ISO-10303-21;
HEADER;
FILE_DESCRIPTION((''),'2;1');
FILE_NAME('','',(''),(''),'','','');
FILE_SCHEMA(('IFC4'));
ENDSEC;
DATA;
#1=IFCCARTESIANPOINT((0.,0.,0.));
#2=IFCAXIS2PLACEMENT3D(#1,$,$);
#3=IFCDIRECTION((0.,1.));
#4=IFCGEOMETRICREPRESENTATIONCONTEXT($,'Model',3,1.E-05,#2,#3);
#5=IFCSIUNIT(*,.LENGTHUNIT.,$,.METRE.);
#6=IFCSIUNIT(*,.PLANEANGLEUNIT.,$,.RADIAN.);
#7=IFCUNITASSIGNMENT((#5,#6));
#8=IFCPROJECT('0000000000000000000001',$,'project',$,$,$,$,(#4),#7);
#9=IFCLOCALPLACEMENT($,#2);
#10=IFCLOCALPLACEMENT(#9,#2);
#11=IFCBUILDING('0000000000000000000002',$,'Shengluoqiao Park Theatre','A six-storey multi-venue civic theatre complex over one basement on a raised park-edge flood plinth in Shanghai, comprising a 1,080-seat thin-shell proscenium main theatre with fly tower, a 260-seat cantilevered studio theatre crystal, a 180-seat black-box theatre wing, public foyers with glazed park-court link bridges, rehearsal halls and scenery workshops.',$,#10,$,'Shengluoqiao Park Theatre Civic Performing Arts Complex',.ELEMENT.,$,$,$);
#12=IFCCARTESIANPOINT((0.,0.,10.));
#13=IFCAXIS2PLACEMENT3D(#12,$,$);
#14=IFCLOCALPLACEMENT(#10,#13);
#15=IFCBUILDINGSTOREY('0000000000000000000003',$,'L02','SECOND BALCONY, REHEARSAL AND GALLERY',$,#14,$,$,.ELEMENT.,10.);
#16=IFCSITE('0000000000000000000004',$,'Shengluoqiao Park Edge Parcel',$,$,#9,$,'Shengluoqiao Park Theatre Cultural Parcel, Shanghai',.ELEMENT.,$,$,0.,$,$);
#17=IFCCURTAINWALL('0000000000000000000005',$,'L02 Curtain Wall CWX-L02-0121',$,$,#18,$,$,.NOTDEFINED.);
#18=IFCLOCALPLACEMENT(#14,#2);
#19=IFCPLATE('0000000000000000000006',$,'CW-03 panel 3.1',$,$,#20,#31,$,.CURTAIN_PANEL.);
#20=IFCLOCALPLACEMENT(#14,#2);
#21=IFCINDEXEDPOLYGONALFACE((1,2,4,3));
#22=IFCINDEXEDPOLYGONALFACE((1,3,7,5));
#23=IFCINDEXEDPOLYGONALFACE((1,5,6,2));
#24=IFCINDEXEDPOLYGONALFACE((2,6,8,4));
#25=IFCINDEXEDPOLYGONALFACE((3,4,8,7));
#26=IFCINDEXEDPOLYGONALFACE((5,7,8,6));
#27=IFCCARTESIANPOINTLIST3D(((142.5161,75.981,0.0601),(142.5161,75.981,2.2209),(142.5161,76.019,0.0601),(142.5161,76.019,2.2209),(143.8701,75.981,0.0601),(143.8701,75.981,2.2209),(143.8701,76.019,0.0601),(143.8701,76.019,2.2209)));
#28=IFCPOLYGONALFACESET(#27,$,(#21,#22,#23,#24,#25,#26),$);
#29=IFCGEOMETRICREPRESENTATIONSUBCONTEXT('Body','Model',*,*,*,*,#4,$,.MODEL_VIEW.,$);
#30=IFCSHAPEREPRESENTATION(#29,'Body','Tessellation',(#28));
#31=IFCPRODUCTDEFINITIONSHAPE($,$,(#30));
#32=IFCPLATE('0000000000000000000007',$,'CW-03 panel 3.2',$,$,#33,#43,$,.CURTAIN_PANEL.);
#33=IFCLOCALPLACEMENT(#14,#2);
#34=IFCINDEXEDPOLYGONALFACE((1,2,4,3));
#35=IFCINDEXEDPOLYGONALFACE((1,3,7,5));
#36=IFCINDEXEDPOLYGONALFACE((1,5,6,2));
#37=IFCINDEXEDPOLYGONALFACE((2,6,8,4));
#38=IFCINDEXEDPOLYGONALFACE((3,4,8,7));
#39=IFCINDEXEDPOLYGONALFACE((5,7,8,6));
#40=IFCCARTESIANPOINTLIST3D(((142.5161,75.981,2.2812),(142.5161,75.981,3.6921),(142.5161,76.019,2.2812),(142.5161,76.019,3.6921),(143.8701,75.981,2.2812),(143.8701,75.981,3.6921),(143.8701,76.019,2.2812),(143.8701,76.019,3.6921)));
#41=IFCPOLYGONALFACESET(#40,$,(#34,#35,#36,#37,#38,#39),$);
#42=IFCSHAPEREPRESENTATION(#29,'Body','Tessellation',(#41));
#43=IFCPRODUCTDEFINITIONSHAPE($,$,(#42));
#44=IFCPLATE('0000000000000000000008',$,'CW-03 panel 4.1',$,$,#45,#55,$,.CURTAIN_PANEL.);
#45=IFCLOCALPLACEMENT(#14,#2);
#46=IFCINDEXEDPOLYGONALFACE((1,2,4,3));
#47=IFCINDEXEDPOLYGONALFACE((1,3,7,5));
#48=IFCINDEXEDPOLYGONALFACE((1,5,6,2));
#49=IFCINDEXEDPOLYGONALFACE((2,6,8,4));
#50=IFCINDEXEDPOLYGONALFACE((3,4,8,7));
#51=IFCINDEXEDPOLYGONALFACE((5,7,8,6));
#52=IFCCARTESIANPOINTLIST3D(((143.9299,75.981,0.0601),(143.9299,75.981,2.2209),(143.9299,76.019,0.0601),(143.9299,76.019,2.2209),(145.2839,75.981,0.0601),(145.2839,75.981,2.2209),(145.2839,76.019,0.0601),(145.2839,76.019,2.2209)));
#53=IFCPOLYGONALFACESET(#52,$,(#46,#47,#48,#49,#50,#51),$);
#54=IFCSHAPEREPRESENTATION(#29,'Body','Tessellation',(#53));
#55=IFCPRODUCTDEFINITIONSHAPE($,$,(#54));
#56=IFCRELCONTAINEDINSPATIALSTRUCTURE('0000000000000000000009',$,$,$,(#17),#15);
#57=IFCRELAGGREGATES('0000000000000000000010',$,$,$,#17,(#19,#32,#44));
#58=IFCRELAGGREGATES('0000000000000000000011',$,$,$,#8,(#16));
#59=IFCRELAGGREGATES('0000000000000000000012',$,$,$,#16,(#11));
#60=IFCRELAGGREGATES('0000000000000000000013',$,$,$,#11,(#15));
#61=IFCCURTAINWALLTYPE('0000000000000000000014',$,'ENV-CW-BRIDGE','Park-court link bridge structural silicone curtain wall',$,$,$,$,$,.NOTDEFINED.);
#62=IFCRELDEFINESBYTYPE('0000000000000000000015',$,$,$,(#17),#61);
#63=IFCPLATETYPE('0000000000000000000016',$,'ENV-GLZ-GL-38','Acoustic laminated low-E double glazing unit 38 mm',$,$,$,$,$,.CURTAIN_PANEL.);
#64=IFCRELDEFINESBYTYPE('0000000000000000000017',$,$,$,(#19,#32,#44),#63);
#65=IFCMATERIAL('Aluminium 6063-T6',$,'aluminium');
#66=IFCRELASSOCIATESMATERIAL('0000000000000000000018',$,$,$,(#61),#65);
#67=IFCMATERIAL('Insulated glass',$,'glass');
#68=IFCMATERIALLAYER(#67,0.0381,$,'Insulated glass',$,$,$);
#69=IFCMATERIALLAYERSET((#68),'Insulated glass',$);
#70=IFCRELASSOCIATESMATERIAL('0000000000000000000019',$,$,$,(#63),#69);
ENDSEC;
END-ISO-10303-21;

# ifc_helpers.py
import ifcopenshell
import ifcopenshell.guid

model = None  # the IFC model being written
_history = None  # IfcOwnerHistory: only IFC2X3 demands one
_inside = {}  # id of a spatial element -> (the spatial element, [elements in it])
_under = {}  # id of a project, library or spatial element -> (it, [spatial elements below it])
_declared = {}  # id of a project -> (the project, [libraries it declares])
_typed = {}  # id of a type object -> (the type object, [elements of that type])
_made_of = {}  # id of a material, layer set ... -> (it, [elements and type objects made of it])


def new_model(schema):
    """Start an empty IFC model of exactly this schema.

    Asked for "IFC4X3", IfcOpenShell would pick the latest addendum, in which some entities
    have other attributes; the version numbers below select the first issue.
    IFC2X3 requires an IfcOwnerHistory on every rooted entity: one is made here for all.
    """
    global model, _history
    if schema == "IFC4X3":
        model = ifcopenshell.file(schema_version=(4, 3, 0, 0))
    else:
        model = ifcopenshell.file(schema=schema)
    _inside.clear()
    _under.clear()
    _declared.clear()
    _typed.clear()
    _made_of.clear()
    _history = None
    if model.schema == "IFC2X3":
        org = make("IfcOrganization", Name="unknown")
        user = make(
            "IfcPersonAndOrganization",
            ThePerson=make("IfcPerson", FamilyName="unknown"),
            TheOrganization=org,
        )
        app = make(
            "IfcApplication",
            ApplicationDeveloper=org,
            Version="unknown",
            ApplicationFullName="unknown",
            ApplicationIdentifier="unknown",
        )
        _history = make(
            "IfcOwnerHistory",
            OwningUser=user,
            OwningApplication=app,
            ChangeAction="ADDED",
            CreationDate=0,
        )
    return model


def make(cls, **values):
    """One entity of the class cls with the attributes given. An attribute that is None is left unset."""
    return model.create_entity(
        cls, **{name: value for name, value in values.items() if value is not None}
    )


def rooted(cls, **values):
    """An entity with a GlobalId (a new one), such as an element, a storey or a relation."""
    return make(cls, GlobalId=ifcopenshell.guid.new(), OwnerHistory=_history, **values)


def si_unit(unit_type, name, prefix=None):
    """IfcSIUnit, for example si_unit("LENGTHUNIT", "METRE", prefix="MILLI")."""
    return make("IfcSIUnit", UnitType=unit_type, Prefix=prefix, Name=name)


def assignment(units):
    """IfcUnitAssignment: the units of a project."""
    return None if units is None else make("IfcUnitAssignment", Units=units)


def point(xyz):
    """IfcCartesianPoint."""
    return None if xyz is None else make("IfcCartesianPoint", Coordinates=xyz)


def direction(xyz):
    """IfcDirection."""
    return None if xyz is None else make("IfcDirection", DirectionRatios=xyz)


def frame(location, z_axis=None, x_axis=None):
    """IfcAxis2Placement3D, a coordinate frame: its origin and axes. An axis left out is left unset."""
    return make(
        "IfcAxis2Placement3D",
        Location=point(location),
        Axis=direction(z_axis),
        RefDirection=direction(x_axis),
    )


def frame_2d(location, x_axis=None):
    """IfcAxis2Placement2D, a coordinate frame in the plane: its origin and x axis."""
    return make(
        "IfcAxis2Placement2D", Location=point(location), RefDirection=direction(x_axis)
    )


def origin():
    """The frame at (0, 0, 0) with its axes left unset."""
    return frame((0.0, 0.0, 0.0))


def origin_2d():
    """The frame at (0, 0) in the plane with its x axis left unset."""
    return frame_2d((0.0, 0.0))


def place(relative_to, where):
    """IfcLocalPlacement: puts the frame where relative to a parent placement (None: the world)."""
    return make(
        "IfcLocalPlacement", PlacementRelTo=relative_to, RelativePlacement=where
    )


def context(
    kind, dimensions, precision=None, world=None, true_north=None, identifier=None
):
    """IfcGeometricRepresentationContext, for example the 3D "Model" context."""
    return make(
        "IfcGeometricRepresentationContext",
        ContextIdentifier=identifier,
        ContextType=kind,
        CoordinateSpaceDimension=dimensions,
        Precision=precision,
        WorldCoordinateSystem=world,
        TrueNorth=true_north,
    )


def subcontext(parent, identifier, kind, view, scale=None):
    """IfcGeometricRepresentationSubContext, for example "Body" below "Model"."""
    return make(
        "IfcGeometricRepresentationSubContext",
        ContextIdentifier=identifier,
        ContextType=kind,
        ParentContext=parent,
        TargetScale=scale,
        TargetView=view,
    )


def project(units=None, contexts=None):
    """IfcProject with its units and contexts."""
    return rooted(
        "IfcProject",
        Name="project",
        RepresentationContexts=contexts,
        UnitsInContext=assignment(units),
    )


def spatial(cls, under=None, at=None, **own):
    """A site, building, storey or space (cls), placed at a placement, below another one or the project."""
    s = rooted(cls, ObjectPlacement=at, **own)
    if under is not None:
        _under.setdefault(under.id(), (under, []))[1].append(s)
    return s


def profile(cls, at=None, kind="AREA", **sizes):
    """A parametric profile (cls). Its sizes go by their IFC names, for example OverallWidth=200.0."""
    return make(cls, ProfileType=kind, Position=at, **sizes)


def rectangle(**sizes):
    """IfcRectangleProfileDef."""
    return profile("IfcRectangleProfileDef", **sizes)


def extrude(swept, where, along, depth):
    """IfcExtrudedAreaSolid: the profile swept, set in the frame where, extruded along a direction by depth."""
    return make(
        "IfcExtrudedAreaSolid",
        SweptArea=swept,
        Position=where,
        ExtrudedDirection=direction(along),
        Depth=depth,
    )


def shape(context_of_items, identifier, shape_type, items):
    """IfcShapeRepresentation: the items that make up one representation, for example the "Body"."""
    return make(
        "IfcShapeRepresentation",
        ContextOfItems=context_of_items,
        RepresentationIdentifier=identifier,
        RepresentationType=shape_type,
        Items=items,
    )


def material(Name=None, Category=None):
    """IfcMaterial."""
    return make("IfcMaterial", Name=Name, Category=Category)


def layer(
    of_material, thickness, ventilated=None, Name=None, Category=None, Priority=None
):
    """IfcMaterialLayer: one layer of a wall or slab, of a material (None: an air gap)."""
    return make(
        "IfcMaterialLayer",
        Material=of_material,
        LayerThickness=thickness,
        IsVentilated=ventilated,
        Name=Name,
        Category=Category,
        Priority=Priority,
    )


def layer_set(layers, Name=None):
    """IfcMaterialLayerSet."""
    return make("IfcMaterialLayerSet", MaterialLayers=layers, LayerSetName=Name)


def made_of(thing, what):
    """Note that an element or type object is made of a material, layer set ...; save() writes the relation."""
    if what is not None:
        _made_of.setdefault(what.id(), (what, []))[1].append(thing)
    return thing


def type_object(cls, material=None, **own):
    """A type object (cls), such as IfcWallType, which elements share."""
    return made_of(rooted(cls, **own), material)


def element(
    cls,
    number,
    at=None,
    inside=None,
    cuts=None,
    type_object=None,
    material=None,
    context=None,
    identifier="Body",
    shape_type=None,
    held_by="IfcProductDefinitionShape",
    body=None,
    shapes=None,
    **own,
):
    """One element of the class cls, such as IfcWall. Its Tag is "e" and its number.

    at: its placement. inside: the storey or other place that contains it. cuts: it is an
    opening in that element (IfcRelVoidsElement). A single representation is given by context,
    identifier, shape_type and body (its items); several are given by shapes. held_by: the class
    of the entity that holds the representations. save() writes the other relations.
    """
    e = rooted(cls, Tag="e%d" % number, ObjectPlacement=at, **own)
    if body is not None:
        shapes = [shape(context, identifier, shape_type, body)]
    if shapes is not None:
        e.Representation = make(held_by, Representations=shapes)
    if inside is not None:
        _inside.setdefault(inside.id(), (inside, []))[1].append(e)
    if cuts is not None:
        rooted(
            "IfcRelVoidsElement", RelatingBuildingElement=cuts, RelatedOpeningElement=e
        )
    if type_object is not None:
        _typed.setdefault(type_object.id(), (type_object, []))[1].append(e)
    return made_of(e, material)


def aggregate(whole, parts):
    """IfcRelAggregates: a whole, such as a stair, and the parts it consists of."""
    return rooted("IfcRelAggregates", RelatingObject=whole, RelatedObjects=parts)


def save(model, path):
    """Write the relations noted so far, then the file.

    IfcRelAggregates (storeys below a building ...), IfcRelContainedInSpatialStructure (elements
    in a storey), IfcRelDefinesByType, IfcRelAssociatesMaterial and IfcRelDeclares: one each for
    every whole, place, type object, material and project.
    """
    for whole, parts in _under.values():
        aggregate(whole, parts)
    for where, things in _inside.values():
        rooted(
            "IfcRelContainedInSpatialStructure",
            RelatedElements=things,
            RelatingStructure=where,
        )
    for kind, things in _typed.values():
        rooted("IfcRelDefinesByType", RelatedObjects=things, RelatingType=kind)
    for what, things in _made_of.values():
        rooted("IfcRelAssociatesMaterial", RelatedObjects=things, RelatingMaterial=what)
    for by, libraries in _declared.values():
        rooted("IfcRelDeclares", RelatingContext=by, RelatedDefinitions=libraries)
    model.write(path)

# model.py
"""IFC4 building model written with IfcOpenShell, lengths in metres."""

from ifc_helpers import new_model, si_unit, direction, frame, origin, origin_2d, place, context, subcontext, project, spatial, rectangle, extrude, material, layer, layer_set, type_object, element, aggregate, save


model = new_model("IFC4")

# Units and contexts
model_context = context("Model", 3, precision=1e-05, world=origin(), true_north=direction((0.0, 1.0)))
body_context = subcontext(model_context, "Body", "Model", "MODEL_VIEW")
ifc_project = project(units=[si_unit("LENGTHUNIT", "METRE"), si_unit("PLANEANGLEUNIT", "RADIAN")], contexts=[model_context])

# Site, building, storey
site_placement = place(None, origin())
site = spatial("IfcSite", under=ifc_project, at=site_placement, Name="Shengluoqiao Park Edge Parcel", LongName="Shengluoqiao Park Theatre Cultural Parcel, Shanghai", CompositionType="ELEMENT", RefElevation=0.0)
building_placement = place(site_placement, origin())
building = spatial("IfcBuilding", under=site, at=building_placement, Name="Shengluoqiao Park Theatre", Description="A six-storey multi-venue civic theatre complex over one basement on a raised park-edge flood plinth in Shanghai, comprising a 1,080-seat thin-shell proscenium main theatre with fly tower, a 260-seat cantilevered studio theatre crystal, a 180-seat black-box theatre wing, public foyers with glazed park-court link bridges, rehearsal halls and scenery workshops.", LongName="Shengluoqiao Park Theatre Civic Performing Arts Complex", CompositionType="ELEMENT")
storey_placement = place(building_placement, frame((0.0, 0.0, 10.0)))
storey = spatial("IfcBuildingStorey", under=building, at=storey_placement, Name="L02", Description="SECOND BALCONY, REHEARSAL AND GALLERY", CompositionType="ELEMENT", Elevation=10.0)

# Curtain wall, plates
ifc_material_1 = material(Name="Aluminium 6063-T6", Category="aluminium")
curtain_wall_type = type_object("IfcCurtainWallType", Name="ENV-CW-BRIDGE", Description="Park-court link bridge structural silicone curtain wall", PredefinedType="NOTDEFINED", material=ifc_material_1)
curtain_wall_placement = place(storey_placement, origin())
curtain_wall = element("IfcCurtainWall", 1, at=curtain_wall_placement, inside=storey, type_object=curtain_wall_type, Name="L02 Curtain Wall CWX-L02-0121", PredefinedType="NOTDEFINED")
ifc_material_2 = material(Name="Insulated glass", Category="glass")
ifc_layer = layer(ifc_material_2, 0.0381, Name="Insulated glass")
ifc_layer_set = layer_set([ifc_layer], Name="Insulated glass")
plate_type = type_object("IfcPlateType", Name="ENV-GLZ-GL-38", Description="Acoustic laminated low-E double glazing unit 38 mm", PredefinedType="CURTAIN_PANEL", material=ifc_layer_set)
plate_1_placement = place(storey_placement, frame((143.1931, 76.0, 0.0601), z_axis=(0.0, 0.0, 1.0), x_axis=(1.0, 0.0, 0.0)))
plate_1 = element("IfcPlate", 2, at=plate_1_placement, type_object=plate_type, Name="CW-03 panel 3.1", PredefinedType="CURTAIN_PANEL", context=body_context, shape_type="SweptSolid", body=[
    extrude(rectangle(XDim=1.354, YDim=0.0381, at=origin_2d()), origin(), (0.0, 0.0, 1.0), 2.1609),
])
plate_2_placement = place(storey_placement, frame((143.1931, 76.0, 2.2812), z_axis=(0.0, 0.0, 1.0), x_axis=(1.0, 0.0, 0.0)))
plate_2 = element("IfcPlate", 3, at=plate_2_placement, type_object=plate_type, Name="CW-03 panel 3.2", PredefinedType="CURTAIN_PANEL", context=body_context, shape_type="SweptSolid", body=[
    extrude(rectangle(XDim=1.354, YDim=0.0381, at=origin_2d()), origin(), (0.0, 0.0, 1.0), 1.4109),
])
plate_3_placement = place(storey_placement, frame((144.6069, 76.0, 0.0601), z_axis=(0.0, 0.0, 1.0), x_axis=(1.0, 0.0, 0.0)))
plate_3 = element("IfcPlate", 4, at=plate_3_placement, type_object=plate_type, Name="CW-03 panel 4.1", PredefinedType="CURTAIN_PANEL", context=body_context, shape_type="SweptSolid", body=[
    extrude(rectangle(XDim=1.354, YDim=0.0381, at=origin_2d()), origin(), (0.0, 0.0, 1.0), 2.1609),
])
aggregate(curtain_wall, [plate_1, plate_2, plate_3])

save(model, "model.ifc")
